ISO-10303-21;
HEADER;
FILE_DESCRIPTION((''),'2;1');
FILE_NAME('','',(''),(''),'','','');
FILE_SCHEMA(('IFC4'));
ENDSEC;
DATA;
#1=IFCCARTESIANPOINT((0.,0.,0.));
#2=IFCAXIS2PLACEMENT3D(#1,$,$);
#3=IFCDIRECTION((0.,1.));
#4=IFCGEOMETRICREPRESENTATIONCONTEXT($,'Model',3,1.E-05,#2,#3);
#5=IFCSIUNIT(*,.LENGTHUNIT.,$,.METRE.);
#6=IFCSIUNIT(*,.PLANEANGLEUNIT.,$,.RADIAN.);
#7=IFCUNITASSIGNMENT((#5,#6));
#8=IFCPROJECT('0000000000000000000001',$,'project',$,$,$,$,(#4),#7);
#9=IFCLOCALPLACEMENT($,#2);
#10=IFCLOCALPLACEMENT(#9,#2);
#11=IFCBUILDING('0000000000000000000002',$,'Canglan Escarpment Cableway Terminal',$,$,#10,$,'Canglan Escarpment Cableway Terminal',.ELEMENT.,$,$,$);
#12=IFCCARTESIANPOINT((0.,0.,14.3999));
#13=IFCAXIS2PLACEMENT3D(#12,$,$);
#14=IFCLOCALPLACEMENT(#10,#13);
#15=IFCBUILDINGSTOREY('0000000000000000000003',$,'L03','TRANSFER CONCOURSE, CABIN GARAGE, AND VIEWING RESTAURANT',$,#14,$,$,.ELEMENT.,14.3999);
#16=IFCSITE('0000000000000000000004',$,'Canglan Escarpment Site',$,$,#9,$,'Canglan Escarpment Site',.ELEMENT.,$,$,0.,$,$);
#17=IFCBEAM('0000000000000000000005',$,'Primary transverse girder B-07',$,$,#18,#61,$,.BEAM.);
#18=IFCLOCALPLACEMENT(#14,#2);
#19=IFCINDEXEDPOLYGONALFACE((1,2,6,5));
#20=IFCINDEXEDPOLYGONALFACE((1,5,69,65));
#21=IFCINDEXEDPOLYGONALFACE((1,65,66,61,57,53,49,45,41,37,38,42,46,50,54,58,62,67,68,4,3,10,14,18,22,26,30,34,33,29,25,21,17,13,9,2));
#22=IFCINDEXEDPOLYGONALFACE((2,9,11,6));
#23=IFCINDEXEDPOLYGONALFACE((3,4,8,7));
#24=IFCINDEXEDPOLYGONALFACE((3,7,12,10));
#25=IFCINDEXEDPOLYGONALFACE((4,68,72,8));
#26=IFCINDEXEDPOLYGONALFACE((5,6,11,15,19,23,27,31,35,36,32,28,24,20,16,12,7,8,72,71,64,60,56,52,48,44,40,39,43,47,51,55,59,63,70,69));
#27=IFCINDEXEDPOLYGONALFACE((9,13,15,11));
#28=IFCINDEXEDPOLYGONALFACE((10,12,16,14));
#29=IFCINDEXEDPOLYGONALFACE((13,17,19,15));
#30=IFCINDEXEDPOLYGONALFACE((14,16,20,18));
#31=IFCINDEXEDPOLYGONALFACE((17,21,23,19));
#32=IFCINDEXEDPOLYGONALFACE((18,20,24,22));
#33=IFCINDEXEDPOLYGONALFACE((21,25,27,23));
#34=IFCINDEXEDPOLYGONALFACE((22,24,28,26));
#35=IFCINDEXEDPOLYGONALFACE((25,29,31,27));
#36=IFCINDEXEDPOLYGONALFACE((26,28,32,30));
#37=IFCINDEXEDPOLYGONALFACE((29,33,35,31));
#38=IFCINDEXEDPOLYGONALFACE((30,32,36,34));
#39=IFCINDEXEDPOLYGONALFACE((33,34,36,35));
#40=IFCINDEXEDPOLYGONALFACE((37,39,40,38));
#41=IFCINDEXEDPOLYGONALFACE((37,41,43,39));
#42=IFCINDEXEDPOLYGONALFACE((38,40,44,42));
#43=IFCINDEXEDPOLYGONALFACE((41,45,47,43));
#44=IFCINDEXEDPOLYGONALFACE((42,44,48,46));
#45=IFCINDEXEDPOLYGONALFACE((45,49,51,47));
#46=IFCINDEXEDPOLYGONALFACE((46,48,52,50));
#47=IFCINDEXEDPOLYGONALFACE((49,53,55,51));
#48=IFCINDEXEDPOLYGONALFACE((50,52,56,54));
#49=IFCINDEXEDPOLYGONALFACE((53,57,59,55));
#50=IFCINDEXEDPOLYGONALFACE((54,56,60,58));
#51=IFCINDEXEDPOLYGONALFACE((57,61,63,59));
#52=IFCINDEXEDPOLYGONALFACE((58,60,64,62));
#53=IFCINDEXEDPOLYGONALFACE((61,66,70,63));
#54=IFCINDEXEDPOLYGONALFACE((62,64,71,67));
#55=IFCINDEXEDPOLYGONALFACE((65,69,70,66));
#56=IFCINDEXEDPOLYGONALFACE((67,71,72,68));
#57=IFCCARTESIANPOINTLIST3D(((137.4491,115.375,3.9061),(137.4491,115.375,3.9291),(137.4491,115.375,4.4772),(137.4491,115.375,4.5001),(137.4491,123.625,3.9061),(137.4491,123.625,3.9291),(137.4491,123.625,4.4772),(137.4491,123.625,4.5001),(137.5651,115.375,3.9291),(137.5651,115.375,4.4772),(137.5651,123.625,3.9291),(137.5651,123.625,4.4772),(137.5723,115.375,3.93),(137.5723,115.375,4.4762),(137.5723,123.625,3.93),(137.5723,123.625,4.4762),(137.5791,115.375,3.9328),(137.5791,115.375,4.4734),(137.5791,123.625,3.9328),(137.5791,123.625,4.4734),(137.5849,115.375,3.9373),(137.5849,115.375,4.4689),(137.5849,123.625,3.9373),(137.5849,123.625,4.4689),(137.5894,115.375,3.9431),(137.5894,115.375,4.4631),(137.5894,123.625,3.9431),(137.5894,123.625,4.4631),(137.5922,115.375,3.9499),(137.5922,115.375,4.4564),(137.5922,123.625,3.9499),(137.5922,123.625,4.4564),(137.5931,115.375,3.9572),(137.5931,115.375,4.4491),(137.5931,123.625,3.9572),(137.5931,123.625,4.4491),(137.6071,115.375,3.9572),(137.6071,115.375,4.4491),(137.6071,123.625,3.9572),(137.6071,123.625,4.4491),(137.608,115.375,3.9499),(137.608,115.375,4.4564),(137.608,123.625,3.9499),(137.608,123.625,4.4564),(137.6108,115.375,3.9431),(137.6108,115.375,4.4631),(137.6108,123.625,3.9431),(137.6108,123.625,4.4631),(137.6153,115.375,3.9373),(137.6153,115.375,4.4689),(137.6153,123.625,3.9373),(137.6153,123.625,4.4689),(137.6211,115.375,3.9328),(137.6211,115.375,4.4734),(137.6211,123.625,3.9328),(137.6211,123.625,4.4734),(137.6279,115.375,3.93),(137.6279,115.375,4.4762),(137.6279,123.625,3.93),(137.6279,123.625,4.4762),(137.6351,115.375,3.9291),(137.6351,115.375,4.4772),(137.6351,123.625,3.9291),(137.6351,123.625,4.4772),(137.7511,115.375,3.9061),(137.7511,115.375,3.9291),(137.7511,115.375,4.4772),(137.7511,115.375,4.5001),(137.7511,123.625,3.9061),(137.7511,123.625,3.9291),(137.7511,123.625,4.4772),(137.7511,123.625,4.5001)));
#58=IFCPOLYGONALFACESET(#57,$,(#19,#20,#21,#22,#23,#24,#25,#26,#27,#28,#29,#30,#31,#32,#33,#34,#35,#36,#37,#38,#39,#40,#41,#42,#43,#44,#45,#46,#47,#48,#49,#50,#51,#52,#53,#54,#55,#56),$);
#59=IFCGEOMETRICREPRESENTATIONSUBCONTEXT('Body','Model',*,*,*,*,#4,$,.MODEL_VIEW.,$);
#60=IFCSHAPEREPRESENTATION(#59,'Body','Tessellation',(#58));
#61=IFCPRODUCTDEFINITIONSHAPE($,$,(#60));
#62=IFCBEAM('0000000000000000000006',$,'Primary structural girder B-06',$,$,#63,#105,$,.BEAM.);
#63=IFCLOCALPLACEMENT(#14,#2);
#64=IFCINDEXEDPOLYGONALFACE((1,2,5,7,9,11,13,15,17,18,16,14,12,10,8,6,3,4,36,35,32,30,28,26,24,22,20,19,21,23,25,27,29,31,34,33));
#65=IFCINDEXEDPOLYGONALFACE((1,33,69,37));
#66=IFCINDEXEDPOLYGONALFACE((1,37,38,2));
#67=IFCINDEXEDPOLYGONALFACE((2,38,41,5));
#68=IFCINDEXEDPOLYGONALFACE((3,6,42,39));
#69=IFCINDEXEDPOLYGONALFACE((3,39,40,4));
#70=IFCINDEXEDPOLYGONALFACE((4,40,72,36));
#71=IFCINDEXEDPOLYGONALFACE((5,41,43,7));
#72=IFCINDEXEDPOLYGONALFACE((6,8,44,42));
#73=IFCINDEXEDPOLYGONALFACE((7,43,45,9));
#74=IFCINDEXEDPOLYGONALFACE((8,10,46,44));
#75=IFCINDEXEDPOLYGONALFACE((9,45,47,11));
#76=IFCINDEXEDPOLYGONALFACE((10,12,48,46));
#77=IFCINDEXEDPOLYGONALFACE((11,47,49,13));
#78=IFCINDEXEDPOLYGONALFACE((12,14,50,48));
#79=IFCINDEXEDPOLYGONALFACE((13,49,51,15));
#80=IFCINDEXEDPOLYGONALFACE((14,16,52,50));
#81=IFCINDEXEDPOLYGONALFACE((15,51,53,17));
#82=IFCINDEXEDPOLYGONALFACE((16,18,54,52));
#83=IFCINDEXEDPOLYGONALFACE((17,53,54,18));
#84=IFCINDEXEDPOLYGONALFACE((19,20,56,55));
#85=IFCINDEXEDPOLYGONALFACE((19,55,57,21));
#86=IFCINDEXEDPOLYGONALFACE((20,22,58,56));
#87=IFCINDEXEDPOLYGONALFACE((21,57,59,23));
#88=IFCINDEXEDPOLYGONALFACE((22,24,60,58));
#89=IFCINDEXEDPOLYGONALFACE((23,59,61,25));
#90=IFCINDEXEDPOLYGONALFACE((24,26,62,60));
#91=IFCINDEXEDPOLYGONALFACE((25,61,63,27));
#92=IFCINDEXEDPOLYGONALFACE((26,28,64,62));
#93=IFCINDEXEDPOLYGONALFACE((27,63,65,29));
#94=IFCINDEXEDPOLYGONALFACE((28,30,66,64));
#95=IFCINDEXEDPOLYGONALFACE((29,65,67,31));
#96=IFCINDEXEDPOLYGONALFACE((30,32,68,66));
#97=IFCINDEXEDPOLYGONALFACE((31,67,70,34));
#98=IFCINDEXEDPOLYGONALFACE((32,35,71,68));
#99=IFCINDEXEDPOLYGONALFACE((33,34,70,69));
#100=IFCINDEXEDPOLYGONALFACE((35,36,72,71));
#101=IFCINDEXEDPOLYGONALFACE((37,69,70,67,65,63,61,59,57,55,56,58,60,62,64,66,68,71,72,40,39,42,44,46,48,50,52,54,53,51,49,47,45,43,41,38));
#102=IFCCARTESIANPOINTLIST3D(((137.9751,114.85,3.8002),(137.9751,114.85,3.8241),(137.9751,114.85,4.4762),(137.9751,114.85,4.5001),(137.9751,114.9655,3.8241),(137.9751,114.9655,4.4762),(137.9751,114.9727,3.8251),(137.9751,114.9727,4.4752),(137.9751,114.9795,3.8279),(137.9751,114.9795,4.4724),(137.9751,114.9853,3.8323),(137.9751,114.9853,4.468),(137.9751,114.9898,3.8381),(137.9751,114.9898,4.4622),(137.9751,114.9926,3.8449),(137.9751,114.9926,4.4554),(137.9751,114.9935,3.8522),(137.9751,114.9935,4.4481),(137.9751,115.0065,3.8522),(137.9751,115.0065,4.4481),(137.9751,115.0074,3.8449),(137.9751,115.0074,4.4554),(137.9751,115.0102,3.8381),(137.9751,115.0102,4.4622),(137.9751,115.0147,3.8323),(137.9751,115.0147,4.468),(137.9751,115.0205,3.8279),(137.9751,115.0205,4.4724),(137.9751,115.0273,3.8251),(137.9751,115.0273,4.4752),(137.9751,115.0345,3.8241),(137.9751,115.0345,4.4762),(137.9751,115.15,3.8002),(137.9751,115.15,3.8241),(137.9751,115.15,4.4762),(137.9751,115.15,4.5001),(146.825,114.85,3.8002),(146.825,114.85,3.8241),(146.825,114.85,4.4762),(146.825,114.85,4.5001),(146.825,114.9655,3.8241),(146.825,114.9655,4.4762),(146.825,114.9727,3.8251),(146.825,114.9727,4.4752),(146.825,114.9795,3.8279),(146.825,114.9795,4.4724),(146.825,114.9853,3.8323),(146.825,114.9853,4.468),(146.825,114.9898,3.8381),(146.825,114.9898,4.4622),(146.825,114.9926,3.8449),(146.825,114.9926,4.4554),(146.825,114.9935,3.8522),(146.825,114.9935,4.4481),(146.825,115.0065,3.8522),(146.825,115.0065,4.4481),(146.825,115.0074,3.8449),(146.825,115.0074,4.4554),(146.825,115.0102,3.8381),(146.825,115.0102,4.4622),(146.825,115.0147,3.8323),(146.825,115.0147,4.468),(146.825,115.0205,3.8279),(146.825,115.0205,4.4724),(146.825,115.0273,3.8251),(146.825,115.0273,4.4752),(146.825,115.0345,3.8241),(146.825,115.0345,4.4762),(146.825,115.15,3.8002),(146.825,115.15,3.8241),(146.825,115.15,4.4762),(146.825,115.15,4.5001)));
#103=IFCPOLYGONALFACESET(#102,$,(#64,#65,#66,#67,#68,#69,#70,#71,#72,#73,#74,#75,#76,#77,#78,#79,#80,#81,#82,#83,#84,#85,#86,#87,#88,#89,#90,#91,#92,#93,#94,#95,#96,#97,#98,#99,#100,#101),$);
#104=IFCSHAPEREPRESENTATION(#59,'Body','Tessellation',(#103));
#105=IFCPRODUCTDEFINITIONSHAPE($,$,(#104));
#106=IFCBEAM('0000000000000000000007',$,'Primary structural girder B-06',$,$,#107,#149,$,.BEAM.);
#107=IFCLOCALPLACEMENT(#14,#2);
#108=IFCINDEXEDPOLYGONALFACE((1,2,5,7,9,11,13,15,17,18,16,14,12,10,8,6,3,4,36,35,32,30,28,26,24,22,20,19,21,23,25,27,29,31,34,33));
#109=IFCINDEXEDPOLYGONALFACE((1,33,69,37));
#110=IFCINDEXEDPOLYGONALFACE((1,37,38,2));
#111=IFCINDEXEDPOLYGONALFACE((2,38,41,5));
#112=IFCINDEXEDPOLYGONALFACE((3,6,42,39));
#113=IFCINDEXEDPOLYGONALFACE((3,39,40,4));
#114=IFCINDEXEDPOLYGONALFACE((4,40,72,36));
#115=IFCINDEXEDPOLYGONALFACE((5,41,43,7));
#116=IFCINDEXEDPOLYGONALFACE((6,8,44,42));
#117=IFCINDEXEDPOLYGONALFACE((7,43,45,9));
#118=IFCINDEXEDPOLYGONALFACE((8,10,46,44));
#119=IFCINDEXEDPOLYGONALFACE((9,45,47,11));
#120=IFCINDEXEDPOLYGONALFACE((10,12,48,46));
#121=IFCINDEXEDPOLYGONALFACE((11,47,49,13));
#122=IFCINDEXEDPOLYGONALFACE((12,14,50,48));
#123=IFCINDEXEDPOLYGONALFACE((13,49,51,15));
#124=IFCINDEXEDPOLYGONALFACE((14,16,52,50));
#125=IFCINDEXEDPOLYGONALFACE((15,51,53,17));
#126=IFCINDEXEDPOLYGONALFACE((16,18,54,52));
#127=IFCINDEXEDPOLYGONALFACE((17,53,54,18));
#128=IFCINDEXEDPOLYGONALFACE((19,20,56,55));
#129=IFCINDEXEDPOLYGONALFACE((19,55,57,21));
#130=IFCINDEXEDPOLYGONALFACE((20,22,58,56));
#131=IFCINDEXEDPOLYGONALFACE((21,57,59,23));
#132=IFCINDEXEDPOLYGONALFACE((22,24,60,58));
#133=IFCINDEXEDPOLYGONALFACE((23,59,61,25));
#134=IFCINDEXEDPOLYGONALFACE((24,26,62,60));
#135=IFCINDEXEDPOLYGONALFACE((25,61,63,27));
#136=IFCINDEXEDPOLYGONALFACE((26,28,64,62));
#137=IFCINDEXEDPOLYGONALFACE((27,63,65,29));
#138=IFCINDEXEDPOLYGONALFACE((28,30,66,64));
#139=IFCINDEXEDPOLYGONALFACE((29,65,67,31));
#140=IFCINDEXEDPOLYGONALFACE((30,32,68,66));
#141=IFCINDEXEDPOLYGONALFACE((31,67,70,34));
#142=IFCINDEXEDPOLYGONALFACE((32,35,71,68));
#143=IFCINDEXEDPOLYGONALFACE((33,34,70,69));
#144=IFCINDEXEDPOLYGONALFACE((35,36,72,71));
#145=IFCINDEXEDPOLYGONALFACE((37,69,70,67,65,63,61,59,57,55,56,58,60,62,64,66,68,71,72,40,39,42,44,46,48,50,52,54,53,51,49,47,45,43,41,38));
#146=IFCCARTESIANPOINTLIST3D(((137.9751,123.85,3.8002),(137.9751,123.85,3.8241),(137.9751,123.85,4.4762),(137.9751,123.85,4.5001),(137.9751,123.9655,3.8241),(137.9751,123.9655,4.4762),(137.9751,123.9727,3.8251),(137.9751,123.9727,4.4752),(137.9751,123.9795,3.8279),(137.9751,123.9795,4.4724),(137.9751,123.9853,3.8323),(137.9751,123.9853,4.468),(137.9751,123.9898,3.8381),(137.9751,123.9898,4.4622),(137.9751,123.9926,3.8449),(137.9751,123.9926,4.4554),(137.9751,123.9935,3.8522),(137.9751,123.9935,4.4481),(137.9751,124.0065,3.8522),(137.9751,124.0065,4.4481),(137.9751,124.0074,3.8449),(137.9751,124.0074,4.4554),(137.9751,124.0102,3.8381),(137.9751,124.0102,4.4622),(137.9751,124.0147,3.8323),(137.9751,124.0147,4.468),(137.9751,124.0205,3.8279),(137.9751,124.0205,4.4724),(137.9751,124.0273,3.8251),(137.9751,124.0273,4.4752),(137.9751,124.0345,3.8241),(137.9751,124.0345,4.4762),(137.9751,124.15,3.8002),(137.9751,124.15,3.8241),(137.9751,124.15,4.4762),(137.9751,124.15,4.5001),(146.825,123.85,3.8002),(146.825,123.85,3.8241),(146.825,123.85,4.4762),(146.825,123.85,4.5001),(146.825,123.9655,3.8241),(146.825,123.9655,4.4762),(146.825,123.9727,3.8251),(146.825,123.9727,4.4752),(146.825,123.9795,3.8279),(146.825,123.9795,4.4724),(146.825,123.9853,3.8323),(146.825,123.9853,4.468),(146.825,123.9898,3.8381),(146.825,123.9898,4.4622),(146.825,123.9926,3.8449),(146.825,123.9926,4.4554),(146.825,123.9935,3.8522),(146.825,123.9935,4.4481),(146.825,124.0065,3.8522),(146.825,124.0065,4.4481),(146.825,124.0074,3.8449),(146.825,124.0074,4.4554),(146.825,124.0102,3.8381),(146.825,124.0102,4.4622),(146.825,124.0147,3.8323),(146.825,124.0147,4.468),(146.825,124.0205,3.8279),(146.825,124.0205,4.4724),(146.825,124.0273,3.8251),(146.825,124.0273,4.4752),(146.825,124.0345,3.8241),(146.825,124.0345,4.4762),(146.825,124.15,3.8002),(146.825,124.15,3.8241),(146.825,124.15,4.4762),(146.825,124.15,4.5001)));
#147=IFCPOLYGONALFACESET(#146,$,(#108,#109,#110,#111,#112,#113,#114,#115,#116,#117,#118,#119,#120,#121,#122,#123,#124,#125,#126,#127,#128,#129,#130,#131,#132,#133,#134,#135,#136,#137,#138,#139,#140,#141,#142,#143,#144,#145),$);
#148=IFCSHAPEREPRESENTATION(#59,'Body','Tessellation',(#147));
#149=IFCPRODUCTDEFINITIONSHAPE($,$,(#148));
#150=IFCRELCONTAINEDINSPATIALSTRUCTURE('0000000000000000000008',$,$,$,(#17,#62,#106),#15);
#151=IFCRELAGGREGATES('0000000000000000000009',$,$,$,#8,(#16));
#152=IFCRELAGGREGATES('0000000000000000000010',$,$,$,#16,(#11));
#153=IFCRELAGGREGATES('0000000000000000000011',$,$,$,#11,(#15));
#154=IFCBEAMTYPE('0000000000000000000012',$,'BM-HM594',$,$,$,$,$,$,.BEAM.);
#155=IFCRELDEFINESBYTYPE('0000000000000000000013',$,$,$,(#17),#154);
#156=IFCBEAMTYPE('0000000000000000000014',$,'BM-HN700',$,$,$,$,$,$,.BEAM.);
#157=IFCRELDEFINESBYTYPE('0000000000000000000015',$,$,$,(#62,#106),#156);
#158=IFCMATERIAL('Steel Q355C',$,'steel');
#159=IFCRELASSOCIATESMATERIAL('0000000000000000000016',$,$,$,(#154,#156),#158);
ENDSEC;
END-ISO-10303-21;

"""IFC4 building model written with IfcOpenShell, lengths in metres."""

from ifc_helpers import new_model, si_unit, direction, frame, origin, origin_2d, place, context, subcontext, project, spatial, i_section, extrude, material, material_profile, profile_set, type_object, element, save


model = new_model("IFC4")

# Units and contexts
model_context = context("Model", 3, precision=1e-05, world=origin(), true_north=direction((0.0, 1.0)))
body_context = subcontext(model_context, "Body", "Model", "MODEL_VIEW")
ifc_project = project(units=[si_unit("LENGTHUNIT", "METRE"), si_unit("PLANEANGLEUNIT", "RADIAN")], contexts=[model_context])

# Site, building, storey
site_placement = place(None, origin())
site = spatial("IfcSite", under=ifc_project, at=site_placement, Name="Canglan Escarpment Site", LongName="Canglan Escarpment Site", CompositionType="ELEMENT", RefElevation=0.0)
building_placement = place(site_placement, origin())
building = spatial("IfcBuilding", under=site, at=building_placement, Name="Canglan Escarpment Cableway Terminal", LongName="Canglan Escarpment Cableway Terminal", CompositionType="ELEMENT")
storey_placement = place(building_placement, frame((0.0, 0.0, 14.3999)))
storey = spatial("IfcBuildingStorey", under=building, at=storey_placement, Name="L03", Description="TRANSFER CONCOURSE, CABIN GARAGE, AND VIEWING RESTAURANT", CompositionType="ELEMENT", Elevation=14.3999)

# Beams
ifc_material_1 = material(Name="Steel Q355C", Category="steel")
ifc_material_profile_1 = material_profile(ifc_material_1, i_section(OverallWidth=0.302, OverallDepth=0.594, WebThickness=0.0139, FlangeThickness=0.0229, FilletRadius=0.0281, at=origin_2d()), Name="HM 594x302x14x23")
ifc_profile_set_1 = profile_set([ifc_material_profile_1], Name="Steel Q355C")
beam_type_1 = type_object("IfcBeamType", Name="BM-HM594", PredefinedType="BEAM", material=ifc_profile_set_1)
beam_placement = place(storey_placement, frame((137.6001, 115.375, 4.2031), z_axis=(0.0, 1.0, 0.0), x_axis=(-1.0, 0.0, 0.0)))
element("IfcBeam", 1, at=beam_placement, inside=storey, type_object=beam_type_1, Name="Primary transverse girder B-07", PredefinedType="BEAM", context=body_context, shape_type="SweptSolid", body=[
    extrude(i_section(OverallWidth=0.302, OverallDepth=0.594, WebThickness=0.0139, FlangeThickness=0.0229, FilletRadius=0.0281, at=origin_2d()), origin(), (0.0, 0.0, 1.0), 8.25),
])
ifc_material_profile_2 = material_profile(ifc_material_1, i_section(OverallWidth=0.3, OverallDepth=0.7, WebThickness=0.0129, FlangeThickness=0.0239, FilletRadius=0.0281, at=origin_2d()), Name="HN 700x300x13x24")
ifc_profile_set_2 = profile_set([ifc_material_profile_2], Name="Steel Q355C")
beam_type_2 = type_object("IfcBeamType", Name="BM-HN700", PredefinedType="BEAM", material=ifc_profile_set_2)
for number, where, z_axis, x_axis, name in (
    (2, (137.9751, 115.0, 4.1501), (1.0, 0.0, 0.0), (0.0, 1.0, 0.0), "Primary structural girder B-06"),
    (3, (137.9751, 124.0, 4.1501), (1.0, 0.0, 0.0), (0.0, 1.0, 0.0), "Primary structural girder B-06"),
):
    element("IfcBeam", number, at=place(storey_placement, frame(where, z_axis=z_axis, x_axis=x_axis)), inside=storey, type_object=beam_type_2, Name=name, PredefinedType="BEAM", context=body_context, shape_type="SweptSolid", body=[
        extrude(i_section(OverallWidth=0.3, OverallDepth=0.7, WebThickness=0.0129, FlangeThickness=0.0239, FilletRadius=0.0281, at=origin_2d()), origin(), (0.0, 0.0, 1.0), 8.8499),
    ])

save(model, "model.ifc")
